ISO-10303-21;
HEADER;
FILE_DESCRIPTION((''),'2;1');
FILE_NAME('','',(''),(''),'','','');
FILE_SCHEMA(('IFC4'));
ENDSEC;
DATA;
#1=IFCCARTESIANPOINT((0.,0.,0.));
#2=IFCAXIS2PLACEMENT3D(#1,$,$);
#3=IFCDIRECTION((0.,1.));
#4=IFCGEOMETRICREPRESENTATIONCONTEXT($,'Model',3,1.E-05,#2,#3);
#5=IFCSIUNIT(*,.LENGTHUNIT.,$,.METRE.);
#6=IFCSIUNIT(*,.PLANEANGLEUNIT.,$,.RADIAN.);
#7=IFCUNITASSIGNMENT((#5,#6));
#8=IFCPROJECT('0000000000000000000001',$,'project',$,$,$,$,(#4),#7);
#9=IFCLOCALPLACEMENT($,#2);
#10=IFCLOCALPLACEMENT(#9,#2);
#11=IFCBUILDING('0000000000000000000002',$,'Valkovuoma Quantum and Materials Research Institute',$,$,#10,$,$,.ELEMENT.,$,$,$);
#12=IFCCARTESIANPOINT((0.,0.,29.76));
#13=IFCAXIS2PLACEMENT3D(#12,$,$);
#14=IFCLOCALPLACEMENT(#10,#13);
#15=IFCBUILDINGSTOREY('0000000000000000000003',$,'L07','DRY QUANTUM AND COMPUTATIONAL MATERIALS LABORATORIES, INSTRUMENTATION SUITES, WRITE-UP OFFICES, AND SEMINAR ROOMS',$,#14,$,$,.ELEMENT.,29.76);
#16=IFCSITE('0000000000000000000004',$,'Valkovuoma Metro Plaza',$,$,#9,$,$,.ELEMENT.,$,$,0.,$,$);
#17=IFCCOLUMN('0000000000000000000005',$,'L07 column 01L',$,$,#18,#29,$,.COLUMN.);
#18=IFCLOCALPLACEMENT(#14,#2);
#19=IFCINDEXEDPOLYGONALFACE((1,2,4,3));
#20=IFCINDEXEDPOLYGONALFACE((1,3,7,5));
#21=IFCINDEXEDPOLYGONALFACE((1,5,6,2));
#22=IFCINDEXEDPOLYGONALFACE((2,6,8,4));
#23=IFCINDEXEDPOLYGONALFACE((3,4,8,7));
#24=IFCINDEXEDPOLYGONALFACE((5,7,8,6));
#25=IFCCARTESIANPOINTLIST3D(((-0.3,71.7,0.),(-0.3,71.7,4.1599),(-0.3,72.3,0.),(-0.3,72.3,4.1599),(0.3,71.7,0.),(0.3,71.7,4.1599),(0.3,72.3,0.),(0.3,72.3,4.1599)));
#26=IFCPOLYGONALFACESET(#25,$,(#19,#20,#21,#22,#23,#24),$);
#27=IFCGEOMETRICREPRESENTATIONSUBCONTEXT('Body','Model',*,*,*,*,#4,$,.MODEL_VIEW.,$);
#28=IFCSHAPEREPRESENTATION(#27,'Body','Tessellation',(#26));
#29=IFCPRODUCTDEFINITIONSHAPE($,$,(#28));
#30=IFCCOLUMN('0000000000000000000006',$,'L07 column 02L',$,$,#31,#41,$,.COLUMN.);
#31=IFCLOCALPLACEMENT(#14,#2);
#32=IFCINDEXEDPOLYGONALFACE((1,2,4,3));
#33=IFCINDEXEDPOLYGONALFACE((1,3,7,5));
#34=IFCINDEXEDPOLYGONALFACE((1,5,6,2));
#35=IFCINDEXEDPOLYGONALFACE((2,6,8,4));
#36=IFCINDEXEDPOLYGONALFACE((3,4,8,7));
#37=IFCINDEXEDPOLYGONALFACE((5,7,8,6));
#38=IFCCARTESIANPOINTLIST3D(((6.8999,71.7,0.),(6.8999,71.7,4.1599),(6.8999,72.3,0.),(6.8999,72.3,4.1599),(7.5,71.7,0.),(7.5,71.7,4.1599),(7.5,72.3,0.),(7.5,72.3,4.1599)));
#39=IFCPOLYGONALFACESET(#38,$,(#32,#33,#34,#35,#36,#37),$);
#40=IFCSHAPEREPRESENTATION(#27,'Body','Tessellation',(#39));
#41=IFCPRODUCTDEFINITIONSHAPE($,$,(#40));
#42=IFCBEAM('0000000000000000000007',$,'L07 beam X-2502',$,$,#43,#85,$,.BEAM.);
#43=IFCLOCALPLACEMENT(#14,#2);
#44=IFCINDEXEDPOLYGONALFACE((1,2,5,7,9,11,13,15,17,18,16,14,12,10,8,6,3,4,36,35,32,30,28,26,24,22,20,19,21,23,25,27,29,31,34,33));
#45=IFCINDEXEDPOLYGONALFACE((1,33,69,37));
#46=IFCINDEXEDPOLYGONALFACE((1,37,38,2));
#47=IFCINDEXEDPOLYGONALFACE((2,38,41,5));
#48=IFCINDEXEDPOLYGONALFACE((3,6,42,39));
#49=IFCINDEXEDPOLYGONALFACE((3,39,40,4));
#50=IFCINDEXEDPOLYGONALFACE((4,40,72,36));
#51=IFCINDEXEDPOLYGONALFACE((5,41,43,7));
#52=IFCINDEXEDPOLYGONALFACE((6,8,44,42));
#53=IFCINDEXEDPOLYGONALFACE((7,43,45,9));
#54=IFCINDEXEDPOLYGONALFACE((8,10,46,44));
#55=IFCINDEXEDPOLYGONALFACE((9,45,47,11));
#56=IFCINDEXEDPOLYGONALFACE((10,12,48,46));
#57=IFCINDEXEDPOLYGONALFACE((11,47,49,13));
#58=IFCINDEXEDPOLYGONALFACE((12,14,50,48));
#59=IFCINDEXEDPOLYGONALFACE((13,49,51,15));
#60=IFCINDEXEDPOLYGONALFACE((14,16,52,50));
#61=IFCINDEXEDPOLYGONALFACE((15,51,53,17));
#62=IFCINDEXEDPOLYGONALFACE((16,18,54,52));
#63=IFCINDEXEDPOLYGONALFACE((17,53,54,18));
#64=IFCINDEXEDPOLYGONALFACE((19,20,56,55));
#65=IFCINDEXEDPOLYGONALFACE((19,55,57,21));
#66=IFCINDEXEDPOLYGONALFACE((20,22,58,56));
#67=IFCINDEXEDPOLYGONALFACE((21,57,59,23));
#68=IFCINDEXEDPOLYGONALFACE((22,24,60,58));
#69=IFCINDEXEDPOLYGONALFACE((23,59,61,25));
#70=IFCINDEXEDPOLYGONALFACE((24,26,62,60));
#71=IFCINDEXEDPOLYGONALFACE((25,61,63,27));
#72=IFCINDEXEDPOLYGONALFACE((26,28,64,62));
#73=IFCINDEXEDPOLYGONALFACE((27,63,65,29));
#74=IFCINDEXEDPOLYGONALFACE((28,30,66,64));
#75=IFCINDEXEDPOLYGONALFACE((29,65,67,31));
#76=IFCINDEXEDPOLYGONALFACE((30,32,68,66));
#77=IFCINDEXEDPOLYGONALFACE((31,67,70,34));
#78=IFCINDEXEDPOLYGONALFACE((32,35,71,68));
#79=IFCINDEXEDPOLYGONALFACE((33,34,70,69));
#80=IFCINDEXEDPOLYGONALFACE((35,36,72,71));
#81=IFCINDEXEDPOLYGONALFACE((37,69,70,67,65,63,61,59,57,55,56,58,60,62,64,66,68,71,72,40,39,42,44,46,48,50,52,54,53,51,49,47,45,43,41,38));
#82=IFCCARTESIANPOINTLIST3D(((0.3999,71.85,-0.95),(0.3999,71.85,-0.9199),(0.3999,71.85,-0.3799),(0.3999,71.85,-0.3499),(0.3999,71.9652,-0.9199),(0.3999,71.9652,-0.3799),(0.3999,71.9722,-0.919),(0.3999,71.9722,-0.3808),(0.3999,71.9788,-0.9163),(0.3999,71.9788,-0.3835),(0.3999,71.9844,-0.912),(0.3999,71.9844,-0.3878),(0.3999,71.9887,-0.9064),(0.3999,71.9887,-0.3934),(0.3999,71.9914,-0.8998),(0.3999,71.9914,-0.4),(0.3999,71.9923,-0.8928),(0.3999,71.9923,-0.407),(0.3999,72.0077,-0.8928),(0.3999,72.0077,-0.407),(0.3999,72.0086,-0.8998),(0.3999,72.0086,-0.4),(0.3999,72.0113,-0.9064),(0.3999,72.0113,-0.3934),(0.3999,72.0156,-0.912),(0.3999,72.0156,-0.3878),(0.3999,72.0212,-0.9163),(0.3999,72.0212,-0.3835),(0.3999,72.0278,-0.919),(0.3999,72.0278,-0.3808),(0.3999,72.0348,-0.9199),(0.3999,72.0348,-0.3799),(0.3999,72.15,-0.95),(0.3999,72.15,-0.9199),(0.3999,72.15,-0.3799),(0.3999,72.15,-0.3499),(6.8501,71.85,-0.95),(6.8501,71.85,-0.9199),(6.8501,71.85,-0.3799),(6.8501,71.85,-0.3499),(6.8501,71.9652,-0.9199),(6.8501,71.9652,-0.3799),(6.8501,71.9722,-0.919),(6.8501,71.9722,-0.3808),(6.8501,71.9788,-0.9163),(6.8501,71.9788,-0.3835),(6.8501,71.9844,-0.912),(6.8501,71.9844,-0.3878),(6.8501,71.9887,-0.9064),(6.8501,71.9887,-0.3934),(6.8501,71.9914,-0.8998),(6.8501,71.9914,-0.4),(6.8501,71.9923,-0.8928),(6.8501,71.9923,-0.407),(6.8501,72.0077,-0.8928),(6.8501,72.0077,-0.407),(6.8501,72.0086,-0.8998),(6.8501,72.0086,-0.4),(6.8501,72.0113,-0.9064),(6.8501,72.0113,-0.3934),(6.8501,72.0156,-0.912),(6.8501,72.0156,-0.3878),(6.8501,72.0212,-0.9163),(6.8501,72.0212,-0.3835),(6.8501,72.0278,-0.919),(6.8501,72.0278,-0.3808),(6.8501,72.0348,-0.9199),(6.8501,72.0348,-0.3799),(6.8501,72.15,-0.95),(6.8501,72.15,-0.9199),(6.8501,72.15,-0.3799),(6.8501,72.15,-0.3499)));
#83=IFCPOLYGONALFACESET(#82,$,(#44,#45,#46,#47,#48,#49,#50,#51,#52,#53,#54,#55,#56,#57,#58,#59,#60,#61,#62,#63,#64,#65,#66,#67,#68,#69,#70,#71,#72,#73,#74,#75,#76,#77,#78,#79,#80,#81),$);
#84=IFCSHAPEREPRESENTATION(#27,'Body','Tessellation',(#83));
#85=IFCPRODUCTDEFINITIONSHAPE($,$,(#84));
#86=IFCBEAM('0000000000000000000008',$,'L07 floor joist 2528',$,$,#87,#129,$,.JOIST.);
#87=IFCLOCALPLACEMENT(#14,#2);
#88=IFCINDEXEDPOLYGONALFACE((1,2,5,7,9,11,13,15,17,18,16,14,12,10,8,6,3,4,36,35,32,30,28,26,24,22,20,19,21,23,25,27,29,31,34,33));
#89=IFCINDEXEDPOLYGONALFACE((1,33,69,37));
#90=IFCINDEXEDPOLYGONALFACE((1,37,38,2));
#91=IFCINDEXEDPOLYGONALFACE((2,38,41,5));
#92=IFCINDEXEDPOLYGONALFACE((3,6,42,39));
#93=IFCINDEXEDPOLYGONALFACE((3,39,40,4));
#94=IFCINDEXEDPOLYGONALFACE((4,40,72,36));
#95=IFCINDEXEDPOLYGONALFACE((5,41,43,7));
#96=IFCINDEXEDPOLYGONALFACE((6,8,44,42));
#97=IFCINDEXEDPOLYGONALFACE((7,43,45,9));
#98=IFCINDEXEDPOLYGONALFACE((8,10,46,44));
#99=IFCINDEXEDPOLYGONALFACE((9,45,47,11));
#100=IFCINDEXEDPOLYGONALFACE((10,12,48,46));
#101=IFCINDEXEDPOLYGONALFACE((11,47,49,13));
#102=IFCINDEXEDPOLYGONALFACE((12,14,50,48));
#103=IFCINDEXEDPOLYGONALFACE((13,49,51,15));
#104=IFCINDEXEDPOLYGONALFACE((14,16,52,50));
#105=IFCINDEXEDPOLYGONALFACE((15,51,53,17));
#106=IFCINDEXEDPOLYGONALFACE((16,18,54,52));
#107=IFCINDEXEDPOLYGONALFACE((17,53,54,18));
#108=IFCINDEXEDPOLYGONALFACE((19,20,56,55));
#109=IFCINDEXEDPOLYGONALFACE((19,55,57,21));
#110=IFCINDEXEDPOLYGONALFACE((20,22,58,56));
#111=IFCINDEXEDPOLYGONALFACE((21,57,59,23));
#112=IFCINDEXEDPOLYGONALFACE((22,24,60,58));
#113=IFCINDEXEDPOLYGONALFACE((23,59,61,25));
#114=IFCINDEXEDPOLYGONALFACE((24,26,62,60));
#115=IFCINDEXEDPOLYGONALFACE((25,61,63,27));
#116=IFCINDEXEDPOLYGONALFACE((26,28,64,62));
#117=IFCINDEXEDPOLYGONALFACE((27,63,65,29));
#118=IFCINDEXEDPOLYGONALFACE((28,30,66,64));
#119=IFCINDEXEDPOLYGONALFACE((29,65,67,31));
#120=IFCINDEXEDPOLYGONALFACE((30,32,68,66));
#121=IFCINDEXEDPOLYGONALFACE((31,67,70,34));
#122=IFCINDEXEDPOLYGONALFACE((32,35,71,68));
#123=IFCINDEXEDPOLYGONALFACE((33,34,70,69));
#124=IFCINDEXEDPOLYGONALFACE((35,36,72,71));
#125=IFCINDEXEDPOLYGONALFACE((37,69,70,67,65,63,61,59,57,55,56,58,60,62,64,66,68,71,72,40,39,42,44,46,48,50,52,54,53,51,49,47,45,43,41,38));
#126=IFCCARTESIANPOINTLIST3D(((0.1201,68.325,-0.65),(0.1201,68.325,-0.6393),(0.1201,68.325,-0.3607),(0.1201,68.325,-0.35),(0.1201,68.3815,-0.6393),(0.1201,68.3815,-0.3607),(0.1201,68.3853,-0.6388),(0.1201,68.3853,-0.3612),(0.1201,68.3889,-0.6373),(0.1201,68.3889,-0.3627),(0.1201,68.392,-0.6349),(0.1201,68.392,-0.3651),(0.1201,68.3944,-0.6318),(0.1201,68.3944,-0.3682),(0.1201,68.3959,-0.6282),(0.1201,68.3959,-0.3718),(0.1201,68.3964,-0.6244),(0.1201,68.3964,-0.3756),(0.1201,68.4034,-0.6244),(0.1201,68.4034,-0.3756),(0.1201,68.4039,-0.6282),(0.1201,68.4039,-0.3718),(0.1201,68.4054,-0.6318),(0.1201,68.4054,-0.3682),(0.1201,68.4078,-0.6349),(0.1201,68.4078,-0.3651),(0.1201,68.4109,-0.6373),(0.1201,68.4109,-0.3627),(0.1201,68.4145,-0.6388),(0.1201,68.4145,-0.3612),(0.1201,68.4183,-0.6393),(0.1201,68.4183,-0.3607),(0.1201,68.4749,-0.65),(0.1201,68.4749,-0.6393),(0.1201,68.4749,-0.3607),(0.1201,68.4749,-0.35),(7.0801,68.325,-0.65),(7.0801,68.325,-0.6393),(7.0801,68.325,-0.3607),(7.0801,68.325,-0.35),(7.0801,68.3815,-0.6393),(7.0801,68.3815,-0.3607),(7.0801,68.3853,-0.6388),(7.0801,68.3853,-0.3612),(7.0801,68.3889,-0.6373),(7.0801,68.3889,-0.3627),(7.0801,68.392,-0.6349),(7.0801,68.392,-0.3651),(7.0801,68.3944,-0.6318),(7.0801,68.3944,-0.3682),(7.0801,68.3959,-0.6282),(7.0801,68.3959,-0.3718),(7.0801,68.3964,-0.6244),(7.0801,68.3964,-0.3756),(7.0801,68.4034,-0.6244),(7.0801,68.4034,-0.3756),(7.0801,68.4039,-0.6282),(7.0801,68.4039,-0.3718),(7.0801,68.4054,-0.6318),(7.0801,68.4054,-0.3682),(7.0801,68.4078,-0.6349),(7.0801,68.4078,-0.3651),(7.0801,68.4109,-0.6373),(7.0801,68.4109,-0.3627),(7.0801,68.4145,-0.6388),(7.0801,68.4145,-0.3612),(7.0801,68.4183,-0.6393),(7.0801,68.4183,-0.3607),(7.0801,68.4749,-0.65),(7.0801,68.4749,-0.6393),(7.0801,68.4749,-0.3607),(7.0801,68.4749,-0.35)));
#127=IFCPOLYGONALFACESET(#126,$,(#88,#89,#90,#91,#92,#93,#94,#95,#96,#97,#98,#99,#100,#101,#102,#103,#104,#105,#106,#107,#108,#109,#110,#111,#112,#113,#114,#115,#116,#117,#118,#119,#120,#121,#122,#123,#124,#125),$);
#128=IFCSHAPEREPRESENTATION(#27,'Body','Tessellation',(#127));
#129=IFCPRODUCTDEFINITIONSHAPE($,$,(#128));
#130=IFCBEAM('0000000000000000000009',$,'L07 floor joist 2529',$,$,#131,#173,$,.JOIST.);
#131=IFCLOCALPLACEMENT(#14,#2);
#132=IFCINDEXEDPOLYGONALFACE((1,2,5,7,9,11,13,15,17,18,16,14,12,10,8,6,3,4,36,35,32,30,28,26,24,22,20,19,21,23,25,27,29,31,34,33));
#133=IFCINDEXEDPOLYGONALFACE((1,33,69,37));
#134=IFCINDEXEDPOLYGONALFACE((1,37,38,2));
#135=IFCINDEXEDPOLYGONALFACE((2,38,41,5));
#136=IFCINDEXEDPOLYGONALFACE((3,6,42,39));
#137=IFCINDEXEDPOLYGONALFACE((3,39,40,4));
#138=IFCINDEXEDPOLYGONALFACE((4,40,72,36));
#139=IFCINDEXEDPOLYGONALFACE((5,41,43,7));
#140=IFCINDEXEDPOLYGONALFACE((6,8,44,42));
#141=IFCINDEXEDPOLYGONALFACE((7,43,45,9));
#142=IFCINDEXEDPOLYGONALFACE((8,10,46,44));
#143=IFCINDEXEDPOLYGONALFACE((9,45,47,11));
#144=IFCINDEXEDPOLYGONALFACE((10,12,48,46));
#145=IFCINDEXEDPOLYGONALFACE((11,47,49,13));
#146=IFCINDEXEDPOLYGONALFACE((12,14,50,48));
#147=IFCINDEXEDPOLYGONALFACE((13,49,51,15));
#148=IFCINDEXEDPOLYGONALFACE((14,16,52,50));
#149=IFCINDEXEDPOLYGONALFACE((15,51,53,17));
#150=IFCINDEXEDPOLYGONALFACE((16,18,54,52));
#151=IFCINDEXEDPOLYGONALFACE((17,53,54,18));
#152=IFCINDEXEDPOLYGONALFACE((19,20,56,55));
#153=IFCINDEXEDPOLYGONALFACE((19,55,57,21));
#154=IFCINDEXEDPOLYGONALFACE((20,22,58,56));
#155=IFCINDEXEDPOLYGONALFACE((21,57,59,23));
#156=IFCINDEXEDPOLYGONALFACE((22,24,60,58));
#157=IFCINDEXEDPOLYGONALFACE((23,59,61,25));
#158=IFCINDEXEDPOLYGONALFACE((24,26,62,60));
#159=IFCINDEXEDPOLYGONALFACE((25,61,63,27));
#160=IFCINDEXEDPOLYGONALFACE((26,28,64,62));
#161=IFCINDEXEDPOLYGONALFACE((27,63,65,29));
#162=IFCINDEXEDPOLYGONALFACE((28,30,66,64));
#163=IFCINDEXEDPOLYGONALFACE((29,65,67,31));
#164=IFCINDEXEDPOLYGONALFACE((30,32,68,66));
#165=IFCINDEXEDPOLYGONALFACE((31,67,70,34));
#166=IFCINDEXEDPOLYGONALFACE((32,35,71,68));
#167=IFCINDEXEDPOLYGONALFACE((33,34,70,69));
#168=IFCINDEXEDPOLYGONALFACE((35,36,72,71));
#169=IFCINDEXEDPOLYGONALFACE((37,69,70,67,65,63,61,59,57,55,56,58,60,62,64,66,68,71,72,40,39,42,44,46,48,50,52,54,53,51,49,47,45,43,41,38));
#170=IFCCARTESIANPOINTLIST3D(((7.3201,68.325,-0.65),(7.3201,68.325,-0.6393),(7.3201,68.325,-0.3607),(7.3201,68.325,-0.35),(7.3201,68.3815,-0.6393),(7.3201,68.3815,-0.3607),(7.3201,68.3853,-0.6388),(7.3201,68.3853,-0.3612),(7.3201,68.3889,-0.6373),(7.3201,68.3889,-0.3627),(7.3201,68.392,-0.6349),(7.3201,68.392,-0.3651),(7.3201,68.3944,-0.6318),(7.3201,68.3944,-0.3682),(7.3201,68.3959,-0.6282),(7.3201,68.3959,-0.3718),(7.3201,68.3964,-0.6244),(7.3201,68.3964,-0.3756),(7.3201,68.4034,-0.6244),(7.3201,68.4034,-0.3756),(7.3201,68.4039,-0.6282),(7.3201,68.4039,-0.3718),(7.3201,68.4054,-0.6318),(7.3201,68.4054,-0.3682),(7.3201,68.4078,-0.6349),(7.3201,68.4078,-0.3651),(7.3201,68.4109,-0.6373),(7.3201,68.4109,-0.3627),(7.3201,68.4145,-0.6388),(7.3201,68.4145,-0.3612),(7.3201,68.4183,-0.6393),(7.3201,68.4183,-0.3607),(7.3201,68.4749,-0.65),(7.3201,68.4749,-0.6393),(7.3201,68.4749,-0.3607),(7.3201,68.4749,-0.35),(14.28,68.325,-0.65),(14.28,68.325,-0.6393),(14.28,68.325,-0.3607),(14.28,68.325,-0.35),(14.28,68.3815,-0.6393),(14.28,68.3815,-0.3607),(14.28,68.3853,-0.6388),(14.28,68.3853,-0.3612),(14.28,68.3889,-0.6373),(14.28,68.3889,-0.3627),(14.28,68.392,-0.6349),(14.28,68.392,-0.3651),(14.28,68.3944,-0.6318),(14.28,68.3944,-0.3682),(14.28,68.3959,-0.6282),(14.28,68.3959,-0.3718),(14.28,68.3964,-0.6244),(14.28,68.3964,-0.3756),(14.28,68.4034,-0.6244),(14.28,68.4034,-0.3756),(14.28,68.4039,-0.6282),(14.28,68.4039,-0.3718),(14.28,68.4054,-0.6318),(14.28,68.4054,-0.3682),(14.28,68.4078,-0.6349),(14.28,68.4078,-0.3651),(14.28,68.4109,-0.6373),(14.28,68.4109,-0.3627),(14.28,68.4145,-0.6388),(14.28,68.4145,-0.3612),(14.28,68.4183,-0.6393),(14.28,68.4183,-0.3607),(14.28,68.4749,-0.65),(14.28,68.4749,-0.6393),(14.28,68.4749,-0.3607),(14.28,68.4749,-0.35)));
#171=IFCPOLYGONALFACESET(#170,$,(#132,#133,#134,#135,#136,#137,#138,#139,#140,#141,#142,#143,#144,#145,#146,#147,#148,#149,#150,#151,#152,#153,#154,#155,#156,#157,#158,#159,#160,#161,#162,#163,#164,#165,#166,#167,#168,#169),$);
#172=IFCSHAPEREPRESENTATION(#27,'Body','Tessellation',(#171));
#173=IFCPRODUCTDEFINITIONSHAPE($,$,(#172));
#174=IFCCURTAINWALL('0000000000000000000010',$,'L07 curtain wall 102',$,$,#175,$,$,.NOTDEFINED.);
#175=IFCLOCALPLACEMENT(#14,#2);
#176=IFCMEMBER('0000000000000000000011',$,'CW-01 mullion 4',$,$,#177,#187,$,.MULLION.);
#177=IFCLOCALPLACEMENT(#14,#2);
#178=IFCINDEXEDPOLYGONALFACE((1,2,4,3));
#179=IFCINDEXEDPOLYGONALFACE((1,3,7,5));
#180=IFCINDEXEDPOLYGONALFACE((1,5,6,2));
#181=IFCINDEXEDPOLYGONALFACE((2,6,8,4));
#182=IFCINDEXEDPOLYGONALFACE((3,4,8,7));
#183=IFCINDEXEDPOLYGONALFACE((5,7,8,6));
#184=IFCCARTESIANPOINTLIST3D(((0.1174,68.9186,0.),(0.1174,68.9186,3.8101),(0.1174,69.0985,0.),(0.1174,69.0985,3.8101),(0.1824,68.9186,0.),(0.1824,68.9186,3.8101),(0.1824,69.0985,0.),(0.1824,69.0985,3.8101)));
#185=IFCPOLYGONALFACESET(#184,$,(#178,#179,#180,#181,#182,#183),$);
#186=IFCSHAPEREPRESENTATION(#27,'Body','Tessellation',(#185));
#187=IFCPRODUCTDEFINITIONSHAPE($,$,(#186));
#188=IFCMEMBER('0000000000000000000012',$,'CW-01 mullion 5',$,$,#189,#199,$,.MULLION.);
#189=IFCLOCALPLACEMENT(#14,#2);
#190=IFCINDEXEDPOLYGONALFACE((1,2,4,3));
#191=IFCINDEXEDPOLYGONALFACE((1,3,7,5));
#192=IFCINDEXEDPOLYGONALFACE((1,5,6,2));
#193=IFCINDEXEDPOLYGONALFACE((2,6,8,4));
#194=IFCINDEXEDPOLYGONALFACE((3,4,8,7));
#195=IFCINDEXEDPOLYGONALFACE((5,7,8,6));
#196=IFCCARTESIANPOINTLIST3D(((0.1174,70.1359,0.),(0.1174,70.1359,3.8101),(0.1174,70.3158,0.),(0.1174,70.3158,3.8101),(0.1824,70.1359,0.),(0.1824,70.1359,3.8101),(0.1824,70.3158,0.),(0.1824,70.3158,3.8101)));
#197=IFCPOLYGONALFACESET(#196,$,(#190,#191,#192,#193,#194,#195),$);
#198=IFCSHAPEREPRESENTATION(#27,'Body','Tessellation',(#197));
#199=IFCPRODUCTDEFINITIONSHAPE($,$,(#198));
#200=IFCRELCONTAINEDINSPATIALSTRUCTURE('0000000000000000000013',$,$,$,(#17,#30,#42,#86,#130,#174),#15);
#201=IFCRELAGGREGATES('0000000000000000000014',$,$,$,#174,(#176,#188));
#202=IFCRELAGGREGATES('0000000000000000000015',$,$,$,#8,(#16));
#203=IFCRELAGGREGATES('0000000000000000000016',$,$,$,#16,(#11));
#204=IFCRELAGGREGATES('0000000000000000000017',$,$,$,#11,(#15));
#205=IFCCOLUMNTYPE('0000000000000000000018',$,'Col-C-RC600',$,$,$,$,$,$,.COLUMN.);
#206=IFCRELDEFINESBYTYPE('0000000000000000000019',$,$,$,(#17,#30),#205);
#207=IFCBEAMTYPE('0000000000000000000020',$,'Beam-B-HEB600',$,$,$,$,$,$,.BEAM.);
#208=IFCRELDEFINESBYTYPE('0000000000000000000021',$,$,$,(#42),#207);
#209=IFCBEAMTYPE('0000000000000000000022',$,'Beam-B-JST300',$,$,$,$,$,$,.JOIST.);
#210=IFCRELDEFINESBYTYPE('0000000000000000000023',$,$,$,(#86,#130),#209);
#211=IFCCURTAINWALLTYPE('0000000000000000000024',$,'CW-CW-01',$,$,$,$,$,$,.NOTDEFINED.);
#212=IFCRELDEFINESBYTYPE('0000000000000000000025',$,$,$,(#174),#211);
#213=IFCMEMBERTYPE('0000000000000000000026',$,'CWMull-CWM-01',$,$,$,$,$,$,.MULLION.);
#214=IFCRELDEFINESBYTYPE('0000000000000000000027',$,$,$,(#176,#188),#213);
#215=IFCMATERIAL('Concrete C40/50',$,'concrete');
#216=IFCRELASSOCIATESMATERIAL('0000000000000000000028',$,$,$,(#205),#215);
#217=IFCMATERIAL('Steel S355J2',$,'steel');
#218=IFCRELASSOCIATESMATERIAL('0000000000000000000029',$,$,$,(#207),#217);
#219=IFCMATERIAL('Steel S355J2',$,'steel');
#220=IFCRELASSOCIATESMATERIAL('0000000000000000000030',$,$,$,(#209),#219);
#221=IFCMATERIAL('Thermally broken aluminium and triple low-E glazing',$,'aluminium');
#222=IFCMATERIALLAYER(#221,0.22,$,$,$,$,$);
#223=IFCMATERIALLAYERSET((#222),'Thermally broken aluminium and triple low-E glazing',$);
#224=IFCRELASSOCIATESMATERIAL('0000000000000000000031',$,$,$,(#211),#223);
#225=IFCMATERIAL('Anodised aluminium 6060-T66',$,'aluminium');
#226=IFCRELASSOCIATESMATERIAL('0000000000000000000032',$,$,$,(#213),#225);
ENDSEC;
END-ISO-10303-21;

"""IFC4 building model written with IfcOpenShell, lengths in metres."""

from ifc_helpers import new_model, si_unit, direction, frame, origin, origin_2d, place, context, subcontext, project, spatial, rectangle, i_section, extrude, material, layer, layer_set, material_profile, profile_set, type_object, element, aggregate, save


model = new_model("IFC4")

# Units and contexts
model_context = context("Model", 3, precision=1e-05, world=origin(), true_north=direction((0.0, 1.0)))
body_context = subcontext(model_context, "Body", "Model", "MODEL_VIEW")
ifc_project = project(units=[si_unit("LENGTHUNIT", "METRE"), si_unit("PLANEANGLEUNIT", "RADIAN")], contexts=[model_context])

# Site, building, storey
site_placement = place(None, origin())
site = spatial("IfcSite", under=ifc_project, at=site_placement, Name="Valkovuoma Metro Plaza", CompositionType="ELEMENT", RefElevation=0.0)
building_placement = place(site_placement, origin())
building = spatial("IfcBuilding", under=site, at=building_placement, Name="Valkovuoma Quantum and Materials Research Institute", CompositionType="ELEMENT")
storey_placement = place(building_placement, frame((0.0, 0.0, 29.76)))
storey = spatial("IfcBuildingStorey", under=building, at=storey_placement, Name="L07", Description="DRY QUANTUM AND COMPUTATIONAL MATERIALS LABORATORIES, INSTRUMENTATION SUITES, WRITE-UP OFFICES, AND SEMINAR ROOMS", CompositionType="ELEMENT", Elevation=29.76)

# Columns
ifc_material_1 = material(Name="Concrete C40/50", Category="concrete")
ifc_material_profile_1 = material_profile(ifc_material_1, rectangle(XDim=0.6001, YDim=0.6001, at=origin_2d()), Name="Concrete C40/50")
ifc_profile_set_1 = profile_set([ifc_material_profile_1], Name="Concrete C40/50")
column_type = type_object("IfcColumnType", Name="Col-C-RC600", PredefinedType="COLUMN", material=ifc_profile_set_1)
for number, where, z_axis, x_axis, name in (
    (1, (0.0, 72.0, 0.0), (0.0, 0.0, 1.0), (1.0, 0.0, 0.0), "L07 column 01L"),
    (2, (7.2, 72.0, 0.0), (0.0, 0.0, 1.0), (1.0, 0.0, 0.0), "L07 column 02L"),
):
    element("IfcColumn", number, at=place(storey_placement, frame(where, z_axis=z_axis, x_axis=x_axis)), inside=storey, type_object=column_type, Name=name, PredefinedType="COLUMN", context=body_context, shape_type="SweptSolid", body=[
        extrude(rectangle(XDim=0.6001, YDim=0.6001, at=origin_2d()), origin(), (0.0, 0.0, 1.0), 4.1599),
    ])

# Beams
ifc_material_2 = material(Name="Steel S355J2", Category="steel")
ifc_material_profile_2 = material_profile(ifc_material_2, i_section(OverallWidth=0.3, OverallDepth=0.6001, WebThickness=0.0154, FlangeThickness=0.03, FilletRadius=0.0271, at=origin_2d()), Name="Steel S355J2")
ifc_profile_set_2 = profile_set([ifc_material_profile_2], Name="Steel S355J2")
beam_type_1 = type_object("IfcBeamType", Name="Beam-B-HEB600", PredefinedType="BEAM", material=ifc_profile_set_2)
beam_placement = place(storey_placement, frame((0.3999, 72.0, -0.6499), z_axis=(1.0, 0.0, 0.0), x_axis=(0.0, 1.0, 0.0)))
element("IfcBeam", 3, at=beam_placement, inside=storey, type_object=beam_type_1, Name="L07 beam X-2502", PredefinedType="BEAM", context=body_context, shape_type="SweptSolid", body=[
    extrude(i_section(OverallWidth=0.3, OverallDepth=0.6001, WebThickness=0.0154, FlangeThickness=0.03, FilletRadius=0.0271, at=origin_2d()), origin(), (0.0, 0.0, 1.0), 6.4502),
])
ifc_material_3 = material(Name="Steel S355J2", Category="steel")
ifc_material_profile_3 = material_profile(ifc_material_3, i_section(OverallWidth=0.1499, OverallDepth=0.3, WebThickness=0.0071, FlangeThickness=0.0107, FilletRadius=0.0149, at=origin_2d()), Name="Steel S355J2")
ifc_profile_set_3 = profile_set([ifc_material_profile_3], Name="Steel S355J2")
beam_type_2 = type_object("IfcBeamType", Name="Beam-B-JST300", PredefinedType="JOIST", material=ifc_profile_set_3)
for number, where, z_axis, x_axis, name in (
    (4, (0.1201, 68.3999, -0.5), (1.0, 0.0, 0.0), (0.0, 1.0, 0.0), "L07 floor joist 2528"),
    (5, (7.3201, 68.3999, -0.5), (1.0, 0.0, 0.0), (0.0, 1.0, 0.0), "L07 floor joist 2529"),
):
    element("IfcBeam", number, at=place(storey_placement, frame(where, z_axis=z_axis, x_axis=x_axis)), inside=storey, type_object=beam_type_2, Name=name, PredefinedType="JOIST", context=body_context, shape_type="SweptSolid", body=[
        extrude(i_section(OverallWidth=0.1499, OverallDepth=0.3, WebThickness=0.0071, FlangeThickness=0.0107, FilletRadius=0.0149, at=origin_2d()), origin(), (0.0, 0.0, 1.0), 6.96),
    ])

# Curtain wall, members
ifc_material_4 = material(Name="Thermally broken aluminium and triple low-E glazing", Category="aluminium")
ifc_layer_1 = layer(ifc_material_4, 0.22)
ifc_layer_set_1 = layer_set([ifc_layer_1], Name="Thermally broken aluminium and triple low-E glazing")
curtain_wall_type = type_object("IfcCurtainWallType", Name="CW-CW-01", PredefinedType="NOTDEFINED", material=ifc_layer_set_1)
curtain_wall_placement = place(storey_placement, origin())
curtain_wall = element("IfcCurtainWall", 6, at=curtain_wall_placement, inside=storey, type_object=curtain_wall_type, Name="L07 curtain wall 102", PredefinedType="NOTDEFINED")
ifc_material_5 = material(Name="Anodised aluminium 6060-T66", Category="aluminium")
ifc_material_profile_4 = material_profile(ifc_material_5, rectangle(XDim=0.0649, YDim=0.1799, at=origin_2d()), Name="Anodised aluminium 6060-T66")
ifc_profile_set_4 = profile_set([ifc_material_profile_4], Name="Anodised aluminium 6060-T66")
member_type_1 = type_object("IfcMemberType", Name="CWMull-CWM-01", PredefinedType="MULLION", material=ifc_profile_set_4)
member_1_placement = place(storey_placement, frame((0.1499, 69.0085, 0.0), z_axis=(0.0, 0.0, 1.0), x_axis=(-1.0, 0.0, 0.0)))
member_1 = element("IfcMember", 7, at=member_1_placement, type_object=member_type_1, Name="CW-01 mullion 4", PredefinedType="MULLION", context=body_context, shape_type="SweptSolid", body=[
    extrude(rectangle(XDim=0.0649, YDim=0.1799, at=origin_2d()), origin(), (0.0, 0.0, 1.0), 3.8101),
])
member_2_placement = place(storey_placement, frame((0.1499, 70.2258, 0.0), z_axis=(0.0, 0.0, 1.0), x_axis=(-1.0, 0.0, 0.0)))
member_2 = element("IfcMember", 8, at=member_2_placement, type_object=member_type_1, Name="CW-01 mullion 5", PredefinedType="MULLION", context=body_context, shape_type="SweptSolid", body=[
    extrude(rectangle(XDim=0.0649, YDim=0.1799, at=origin_2d()), origin(), (0.0, 0.0, 1.0), 3.8101),
])
aggregate(curtain_wall, [member_1, member_2])

save(model, "model.ifc")
